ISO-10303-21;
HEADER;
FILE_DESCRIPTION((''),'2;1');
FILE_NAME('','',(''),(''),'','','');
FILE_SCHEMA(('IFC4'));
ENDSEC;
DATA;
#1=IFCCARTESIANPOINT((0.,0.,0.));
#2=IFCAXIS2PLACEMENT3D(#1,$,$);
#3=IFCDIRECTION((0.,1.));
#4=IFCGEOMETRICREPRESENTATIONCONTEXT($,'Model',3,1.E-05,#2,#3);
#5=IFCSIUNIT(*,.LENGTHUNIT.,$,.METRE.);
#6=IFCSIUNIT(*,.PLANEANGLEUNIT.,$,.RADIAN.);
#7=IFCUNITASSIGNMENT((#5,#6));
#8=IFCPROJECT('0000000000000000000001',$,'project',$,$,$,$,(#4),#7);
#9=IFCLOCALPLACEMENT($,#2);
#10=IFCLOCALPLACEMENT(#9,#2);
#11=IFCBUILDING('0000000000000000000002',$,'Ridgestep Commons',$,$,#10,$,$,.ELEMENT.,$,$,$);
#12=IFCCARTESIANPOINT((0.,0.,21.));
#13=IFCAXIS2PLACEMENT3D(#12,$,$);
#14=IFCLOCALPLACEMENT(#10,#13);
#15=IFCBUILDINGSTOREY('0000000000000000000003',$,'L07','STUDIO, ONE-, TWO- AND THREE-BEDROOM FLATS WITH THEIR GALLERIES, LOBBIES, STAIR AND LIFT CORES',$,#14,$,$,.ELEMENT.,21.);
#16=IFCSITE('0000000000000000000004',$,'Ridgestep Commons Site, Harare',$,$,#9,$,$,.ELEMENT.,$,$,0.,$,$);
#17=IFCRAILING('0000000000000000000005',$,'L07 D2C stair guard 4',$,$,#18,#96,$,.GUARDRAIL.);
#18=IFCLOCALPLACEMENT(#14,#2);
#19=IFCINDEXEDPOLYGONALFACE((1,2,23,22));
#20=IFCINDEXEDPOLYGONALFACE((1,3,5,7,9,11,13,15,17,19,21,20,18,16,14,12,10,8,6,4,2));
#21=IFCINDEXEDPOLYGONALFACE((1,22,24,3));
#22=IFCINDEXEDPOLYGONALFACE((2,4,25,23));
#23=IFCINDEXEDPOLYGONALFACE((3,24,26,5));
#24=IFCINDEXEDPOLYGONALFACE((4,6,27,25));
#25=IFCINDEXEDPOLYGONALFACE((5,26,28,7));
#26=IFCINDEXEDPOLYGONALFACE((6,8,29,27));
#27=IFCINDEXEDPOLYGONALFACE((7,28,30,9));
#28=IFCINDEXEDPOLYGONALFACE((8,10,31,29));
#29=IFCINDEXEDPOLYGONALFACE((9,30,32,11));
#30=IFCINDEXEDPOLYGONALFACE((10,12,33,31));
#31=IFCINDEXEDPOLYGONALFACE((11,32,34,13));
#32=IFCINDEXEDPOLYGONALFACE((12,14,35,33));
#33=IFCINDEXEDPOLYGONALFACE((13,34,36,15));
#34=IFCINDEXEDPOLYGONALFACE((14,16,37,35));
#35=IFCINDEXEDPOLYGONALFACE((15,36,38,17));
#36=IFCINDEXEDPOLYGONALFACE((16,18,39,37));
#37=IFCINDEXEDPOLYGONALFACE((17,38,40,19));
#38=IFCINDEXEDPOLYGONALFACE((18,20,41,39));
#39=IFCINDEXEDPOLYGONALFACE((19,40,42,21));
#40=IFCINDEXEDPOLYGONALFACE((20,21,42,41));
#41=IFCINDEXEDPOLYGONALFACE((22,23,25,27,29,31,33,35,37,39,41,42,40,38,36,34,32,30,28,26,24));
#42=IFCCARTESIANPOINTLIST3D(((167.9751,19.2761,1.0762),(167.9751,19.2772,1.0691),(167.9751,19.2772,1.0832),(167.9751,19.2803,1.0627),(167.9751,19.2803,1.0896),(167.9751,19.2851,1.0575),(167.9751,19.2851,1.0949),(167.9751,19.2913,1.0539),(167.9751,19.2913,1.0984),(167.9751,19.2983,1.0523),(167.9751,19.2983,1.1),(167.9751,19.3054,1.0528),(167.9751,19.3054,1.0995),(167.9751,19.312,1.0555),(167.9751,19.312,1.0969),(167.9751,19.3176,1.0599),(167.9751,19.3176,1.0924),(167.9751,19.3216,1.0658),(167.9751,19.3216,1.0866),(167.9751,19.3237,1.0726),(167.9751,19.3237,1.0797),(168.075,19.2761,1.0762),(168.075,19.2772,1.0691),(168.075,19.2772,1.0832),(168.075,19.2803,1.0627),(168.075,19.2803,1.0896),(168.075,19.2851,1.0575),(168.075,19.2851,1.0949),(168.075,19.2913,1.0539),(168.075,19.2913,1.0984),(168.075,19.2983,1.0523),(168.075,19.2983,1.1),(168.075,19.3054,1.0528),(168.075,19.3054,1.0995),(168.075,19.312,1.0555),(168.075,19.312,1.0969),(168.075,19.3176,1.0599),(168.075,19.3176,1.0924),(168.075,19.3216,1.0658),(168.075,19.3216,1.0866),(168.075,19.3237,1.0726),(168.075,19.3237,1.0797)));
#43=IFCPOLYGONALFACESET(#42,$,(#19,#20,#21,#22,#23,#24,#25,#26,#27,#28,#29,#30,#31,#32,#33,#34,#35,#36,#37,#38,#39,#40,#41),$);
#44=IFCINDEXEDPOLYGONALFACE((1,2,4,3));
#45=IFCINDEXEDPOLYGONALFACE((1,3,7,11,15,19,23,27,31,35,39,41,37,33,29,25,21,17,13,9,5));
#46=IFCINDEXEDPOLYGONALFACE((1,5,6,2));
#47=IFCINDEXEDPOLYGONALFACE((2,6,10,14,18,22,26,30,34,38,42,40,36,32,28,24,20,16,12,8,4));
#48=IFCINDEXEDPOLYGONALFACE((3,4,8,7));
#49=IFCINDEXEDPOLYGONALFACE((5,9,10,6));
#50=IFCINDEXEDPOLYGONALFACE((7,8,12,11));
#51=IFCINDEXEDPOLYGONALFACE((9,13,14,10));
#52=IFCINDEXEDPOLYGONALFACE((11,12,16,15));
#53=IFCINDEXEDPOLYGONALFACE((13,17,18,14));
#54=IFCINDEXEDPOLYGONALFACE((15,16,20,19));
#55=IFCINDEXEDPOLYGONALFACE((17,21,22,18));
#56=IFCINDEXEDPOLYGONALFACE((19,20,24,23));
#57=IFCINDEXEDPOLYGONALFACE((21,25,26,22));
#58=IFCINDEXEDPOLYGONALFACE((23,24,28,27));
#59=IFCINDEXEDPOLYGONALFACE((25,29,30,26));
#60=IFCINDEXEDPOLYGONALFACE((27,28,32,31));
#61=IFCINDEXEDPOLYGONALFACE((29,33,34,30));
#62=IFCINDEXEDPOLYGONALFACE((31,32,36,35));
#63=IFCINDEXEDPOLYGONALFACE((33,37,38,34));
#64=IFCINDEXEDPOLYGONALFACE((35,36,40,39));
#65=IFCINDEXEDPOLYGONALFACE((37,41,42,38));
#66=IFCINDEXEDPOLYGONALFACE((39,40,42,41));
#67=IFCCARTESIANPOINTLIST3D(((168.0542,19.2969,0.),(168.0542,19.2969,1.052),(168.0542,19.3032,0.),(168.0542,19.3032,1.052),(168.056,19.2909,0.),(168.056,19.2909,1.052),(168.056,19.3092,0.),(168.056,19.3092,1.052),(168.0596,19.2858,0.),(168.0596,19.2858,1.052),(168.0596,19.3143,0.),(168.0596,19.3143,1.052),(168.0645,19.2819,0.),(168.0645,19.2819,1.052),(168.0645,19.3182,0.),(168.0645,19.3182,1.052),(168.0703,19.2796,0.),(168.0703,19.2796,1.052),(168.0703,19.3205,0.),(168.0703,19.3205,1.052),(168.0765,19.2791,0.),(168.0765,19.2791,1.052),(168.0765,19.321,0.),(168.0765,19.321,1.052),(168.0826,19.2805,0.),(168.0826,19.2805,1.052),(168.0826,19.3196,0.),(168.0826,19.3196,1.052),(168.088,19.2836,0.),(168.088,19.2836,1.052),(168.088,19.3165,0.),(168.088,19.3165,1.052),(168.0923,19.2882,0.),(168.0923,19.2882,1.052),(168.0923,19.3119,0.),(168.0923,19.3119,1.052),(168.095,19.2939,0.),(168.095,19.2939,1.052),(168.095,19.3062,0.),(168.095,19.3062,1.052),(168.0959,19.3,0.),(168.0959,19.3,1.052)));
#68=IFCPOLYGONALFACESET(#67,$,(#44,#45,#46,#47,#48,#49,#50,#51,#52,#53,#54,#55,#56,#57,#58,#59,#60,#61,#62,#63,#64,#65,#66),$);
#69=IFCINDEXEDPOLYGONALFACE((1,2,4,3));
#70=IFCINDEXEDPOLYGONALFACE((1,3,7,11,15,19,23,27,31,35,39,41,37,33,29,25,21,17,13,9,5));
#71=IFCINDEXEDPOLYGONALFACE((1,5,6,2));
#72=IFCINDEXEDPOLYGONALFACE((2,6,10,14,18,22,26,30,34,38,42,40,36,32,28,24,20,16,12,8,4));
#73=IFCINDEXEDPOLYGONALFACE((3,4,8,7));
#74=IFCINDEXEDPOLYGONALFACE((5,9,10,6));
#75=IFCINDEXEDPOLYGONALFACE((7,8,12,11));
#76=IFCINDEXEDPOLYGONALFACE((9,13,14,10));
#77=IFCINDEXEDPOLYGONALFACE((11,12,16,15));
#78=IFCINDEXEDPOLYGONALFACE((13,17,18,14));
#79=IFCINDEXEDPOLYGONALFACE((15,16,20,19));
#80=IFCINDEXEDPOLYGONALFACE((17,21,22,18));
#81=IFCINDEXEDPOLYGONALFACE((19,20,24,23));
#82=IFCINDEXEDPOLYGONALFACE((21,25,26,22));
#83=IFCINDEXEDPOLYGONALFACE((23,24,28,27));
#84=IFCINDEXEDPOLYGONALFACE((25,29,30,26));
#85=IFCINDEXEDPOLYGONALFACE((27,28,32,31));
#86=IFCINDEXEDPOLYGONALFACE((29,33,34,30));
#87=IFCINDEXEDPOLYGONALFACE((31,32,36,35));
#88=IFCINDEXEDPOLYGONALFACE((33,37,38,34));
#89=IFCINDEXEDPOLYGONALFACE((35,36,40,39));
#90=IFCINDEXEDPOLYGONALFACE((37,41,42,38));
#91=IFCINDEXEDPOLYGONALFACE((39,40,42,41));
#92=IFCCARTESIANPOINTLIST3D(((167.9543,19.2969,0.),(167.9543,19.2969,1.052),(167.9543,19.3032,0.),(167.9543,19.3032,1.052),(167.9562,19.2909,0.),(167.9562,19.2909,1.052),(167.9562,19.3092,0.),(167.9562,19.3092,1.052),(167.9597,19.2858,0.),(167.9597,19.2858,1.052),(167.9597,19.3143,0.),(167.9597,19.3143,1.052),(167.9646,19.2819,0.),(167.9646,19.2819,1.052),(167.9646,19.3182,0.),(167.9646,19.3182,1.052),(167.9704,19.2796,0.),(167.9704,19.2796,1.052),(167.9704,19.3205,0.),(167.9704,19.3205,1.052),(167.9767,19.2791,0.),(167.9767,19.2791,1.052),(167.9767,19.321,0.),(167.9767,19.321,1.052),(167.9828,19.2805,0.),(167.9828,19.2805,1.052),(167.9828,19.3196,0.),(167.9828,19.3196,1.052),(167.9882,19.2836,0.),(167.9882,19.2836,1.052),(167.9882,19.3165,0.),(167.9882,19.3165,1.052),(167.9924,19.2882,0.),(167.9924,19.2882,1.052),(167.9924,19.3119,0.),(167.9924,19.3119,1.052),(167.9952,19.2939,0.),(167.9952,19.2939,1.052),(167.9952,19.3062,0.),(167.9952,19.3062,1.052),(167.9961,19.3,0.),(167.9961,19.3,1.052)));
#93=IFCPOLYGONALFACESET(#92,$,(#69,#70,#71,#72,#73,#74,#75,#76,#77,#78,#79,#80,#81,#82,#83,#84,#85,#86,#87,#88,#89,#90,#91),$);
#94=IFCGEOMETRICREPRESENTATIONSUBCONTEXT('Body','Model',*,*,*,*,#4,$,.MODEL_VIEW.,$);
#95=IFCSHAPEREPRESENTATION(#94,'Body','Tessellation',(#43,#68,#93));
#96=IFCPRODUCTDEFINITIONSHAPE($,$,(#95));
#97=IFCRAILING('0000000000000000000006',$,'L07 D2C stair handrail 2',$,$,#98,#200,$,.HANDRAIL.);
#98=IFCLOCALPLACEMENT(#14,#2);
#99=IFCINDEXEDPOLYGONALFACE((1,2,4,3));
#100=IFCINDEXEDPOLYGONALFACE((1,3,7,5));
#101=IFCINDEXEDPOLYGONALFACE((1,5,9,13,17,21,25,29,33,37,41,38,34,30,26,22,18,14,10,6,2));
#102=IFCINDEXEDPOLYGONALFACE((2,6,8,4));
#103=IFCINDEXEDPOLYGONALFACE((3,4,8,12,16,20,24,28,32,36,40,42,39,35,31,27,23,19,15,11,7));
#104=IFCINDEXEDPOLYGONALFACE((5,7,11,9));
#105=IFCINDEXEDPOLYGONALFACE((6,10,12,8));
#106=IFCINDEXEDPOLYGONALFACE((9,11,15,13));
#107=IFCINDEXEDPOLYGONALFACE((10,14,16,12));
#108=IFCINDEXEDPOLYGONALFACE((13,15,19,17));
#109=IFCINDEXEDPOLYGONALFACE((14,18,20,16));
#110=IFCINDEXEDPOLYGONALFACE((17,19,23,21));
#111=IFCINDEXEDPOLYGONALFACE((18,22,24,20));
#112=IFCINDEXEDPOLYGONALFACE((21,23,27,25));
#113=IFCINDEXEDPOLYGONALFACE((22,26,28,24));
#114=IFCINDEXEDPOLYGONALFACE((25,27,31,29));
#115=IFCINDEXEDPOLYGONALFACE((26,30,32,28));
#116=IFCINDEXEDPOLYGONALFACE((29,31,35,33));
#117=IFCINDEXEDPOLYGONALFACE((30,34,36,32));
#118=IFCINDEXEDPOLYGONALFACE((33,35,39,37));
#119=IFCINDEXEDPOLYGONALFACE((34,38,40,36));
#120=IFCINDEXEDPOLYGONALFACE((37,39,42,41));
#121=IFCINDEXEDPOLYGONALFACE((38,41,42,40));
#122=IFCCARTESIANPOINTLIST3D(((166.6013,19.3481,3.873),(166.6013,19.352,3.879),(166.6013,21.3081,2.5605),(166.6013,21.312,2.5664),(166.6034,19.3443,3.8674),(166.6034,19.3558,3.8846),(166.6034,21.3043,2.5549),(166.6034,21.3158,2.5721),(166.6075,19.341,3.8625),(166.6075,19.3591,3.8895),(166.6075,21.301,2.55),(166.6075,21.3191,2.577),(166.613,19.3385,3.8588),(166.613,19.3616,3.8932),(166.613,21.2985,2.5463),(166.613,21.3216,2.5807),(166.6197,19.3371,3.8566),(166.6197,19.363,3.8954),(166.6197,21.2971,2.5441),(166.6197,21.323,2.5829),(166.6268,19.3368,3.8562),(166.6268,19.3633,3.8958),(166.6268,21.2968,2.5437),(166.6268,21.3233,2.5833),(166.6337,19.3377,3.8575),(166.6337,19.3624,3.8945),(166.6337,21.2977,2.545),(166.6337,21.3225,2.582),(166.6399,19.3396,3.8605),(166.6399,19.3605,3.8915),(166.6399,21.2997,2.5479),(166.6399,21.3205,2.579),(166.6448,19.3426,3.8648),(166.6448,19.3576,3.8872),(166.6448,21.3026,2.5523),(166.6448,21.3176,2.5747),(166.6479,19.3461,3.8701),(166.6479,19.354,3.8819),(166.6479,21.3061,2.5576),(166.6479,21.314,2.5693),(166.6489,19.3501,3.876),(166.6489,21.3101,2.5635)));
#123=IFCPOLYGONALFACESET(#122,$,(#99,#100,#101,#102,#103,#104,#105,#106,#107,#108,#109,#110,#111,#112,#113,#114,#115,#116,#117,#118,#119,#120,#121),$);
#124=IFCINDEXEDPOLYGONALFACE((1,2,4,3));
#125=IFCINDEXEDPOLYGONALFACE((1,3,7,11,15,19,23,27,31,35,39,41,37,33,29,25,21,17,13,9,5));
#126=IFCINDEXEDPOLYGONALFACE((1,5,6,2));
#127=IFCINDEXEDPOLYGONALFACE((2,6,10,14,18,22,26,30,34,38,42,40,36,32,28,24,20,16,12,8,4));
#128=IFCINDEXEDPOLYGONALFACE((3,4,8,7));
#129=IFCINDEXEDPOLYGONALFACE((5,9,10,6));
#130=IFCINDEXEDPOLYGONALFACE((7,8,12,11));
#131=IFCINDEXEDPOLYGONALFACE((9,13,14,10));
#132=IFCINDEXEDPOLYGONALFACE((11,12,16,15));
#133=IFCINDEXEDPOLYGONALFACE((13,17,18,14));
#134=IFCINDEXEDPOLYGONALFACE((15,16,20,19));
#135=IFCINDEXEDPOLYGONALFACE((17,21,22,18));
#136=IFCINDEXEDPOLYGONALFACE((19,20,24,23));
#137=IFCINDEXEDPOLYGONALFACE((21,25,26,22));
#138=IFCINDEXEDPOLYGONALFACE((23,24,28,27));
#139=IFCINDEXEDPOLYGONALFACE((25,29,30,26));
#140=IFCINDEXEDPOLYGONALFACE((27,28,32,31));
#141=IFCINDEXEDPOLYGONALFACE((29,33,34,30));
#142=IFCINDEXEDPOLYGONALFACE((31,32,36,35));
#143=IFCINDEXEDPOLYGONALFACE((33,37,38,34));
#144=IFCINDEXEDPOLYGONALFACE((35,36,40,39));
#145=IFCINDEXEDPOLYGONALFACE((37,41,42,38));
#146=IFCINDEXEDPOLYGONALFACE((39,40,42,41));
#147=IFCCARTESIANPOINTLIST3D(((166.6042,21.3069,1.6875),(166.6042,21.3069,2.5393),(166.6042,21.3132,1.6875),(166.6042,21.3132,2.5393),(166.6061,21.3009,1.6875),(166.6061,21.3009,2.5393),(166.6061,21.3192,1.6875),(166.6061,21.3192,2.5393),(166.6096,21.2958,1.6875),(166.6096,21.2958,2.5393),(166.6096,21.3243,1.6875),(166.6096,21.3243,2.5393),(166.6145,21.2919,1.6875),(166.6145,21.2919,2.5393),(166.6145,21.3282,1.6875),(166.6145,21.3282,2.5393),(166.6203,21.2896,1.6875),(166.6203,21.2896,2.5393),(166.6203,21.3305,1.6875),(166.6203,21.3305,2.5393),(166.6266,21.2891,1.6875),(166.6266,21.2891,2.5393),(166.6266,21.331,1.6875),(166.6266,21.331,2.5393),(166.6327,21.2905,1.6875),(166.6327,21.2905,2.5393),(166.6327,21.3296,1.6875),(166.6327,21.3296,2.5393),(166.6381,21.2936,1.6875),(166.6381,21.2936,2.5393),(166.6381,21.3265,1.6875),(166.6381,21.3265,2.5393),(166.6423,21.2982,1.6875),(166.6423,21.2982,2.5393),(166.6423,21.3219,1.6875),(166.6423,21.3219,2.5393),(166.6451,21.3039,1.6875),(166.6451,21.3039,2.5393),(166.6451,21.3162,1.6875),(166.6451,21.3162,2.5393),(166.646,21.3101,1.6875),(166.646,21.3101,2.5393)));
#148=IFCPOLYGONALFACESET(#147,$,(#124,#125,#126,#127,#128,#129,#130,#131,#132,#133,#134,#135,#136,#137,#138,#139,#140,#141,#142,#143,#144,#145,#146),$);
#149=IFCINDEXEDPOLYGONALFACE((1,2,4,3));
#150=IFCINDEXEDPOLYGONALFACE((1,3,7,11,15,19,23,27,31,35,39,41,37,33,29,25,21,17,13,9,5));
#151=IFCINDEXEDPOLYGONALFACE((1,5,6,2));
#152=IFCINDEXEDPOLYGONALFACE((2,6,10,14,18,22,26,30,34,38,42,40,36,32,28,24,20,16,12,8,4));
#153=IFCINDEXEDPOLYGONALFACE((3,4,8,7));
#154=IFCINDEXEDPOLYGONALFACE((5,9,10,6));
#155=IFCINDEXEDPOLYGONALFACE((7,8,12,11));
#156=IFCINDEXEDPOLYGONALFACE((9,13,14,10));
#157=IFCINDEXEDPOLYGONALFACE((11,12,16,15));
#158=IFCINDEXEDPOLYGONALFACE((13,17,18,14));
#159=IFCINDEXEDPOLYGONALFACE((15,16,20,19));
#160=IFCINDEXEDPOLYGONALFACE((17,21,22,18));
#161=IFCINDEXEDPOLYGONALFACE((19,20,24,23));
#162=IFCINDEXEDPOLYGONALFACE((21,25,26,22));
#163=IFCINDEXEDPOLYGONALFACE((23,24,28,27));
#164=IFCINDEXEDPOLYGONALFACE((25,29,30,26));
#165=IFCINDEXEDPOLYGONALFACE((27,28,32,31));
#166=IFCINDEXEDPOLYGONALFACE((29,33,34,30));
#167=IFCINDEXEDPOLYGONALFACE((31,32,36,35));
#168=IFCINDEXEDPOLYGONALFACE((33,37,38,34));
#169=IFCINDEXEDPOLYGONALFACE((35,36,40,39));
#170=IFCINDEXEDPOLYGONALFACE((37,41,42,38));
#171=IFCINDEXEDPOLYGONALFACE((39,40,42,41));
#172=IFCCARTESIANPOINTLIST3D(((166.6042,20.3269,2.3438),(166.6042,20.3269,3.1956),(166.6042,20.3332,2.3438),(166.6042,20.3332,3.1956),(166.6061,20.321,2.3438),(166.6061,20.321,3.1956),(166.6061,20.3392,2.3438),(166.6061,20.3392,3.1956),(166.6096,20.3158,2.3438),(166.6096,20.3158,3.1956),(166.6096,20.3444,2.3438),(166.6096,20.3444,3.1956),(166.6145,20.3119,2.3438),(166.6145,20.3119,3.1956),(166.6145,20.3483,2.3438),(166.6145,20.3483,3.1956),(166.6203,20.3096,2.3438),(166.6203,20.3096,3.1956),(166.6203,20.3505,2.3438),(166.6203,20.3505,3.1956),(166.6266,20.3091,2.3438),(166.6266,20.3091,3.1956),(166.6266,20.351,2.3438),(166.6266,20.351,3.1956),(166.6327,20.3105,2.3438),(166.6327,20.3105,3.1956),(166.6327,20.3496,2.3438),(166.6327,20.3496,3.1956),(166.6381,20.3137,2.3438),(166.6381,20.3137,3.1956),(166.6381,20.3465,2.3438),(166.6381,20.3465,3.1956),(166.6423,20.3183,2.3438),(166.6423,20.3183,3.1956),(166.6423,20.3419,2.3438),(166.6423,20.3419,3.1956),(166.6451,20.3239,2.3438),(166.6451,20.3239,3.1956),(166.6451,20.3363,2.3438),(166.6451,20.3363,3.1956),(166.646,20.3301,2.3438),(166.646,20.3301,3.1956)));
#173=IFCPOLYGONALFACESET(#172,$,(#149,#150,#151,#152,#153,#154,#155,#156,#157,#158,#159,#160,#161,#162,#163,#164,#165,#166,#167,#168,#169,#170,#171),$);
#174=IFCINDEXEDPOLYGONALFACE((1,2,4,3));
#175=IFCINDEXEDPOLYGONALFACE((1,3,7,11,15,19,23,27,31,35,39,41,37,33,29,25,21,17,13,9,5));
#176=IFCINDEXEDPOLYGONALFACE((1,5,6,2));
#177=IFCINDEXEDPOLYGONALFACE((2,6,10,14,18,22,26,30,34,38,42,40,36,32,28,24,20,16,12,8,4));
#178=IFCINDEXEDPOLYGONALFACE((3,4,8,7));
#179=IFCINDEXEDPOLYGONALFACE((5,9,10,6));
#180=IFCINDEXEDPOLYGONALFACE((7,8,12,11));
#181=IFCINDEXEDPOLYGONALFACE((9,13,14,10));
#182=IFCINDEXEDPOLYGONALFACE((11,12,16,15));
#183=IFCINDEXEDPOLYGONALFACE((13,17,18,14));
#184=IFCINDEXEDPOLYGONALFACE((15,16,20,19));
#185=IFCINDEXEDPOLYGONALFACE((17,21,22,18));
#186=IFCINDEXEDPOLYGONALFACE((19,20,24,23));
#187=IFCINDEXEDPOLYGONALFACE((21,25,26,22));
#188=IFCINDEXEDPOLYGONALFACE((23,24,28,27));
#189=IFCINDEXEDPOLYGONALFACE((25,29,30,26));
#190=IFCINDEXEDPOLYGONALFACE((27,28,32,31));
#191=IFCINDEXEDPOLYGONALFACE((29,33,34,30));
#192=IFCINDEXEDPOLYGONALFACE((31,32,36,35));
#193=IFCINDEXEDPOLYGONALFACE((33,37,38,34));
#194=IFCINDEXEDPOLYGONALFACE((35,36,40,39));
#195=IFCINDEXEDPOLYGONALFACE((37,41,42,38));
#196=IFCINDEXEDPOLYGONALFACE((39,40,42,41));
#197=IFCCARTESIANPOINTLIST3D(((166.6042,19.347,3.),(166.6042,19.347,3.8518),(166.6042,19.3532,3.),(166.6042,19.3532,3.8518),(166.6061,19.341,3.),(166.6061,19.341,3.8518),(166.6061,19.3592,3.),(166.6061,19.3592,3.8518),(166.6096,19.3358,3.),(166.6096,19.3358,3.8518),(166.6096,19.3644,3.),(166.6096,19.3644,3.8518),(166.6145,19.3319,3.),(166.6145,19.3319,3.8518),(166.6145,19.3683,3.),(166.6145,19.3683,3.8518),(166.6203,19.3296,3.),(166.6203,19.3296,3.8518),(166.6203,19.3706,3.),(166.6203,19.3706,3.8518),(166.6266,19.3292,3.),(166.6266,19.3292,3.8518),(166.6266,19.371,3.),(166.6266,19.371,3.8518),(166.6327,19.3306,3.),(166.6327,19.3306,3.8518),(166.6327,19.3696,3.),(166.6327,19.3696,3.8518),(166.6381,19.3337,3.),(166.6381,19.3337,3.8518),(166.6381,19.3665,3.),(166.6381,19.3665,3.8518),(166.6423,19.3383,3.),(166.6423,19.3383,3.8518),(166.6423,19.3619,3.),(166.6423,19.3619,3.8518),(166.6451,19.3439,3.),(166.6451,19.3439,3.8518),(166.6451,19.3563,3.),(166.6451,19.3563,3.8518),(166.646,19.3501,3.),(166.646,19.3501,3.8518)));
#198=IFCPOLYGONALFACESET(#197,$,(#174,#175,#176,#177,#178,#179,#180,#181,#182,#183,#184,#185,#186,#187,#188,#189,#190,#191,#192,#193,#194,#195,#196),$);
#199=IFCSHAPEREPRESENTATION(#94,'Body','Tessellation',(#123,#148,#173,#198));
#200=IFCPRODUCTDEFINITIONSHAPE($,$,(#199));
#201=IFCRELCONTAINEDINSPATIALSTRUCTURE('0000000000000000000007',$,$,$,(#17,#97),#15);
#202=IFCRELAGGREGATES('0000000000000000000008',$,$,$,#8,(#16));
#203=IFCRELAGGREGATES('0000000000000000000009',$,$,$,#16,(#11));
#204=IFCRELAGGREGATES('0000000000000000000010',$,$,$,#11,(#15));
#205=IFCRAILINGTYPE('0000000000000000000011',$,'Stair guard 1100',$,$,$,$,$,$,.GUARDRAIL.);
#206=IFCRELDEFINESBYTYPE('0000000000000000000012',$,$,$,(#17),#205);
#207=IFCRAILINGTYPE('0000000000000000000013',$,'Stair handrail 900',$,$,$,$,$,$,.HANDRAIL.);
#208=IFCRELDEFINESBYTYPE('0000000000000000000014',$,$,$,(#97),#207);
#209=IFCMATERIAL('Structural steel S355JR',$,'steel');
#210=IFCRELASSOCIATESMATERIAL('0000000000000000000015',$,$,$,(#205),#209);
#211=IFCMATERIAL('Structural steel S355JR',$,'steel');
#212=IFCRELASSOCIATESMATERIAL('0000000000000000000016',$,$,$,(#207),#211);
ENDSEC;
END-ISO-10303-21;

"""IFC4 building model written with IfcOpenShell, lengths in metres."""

from ifc_helpers import new_model, si_unit, direction, frame, origin, origin_2d, place, context, subcontext, project, spatial, circle, extrude, material, type_object, element, save


model = new_model("IFC4")

# Units and contexts
model_context = context("Model", 3, precision=1e-05, world=origin(), true_north=direction((0.0, 1.0)))
body_context = subcontext(model_context, "Body", "Model", "MODEL_VIEW")
ifc_project = project(units=[si_unit("LENGTHUNIT", "METRE"), si_unit("PLANEANGLEUNIT", "RADIAN")], contexts=[model_context])

# Site, building, storey
site_placement = place(None, origin())
site = spatial("IfcSite", under=ifc_project, at=site_placement, Name="Ridgestep Commons Site, Harare", CompositionType="ELEMENT", RefElevation=0.0)
building_placement = place(site_placement, origin())
building = spatial("IfcBuilding", under=site, at=building_placement, Name="Ridgestep Commons", CompositionType="ELEMENT")
storey_placement = place(building_placement, frame((0.0, 0.0, 21.0)))
storey = spatial("IfcBuildingStorey", under=building, at=storey_placement, Name="L07", Description="STUDIO, ONE-, TWO- AND THREE-BEDROOM FLATS WITH THEIR GALLERIES, LOBBIES, STAIR AND LIFT CORES", CompositionType="ELEMENT", Elevation=21.0)

# Railings
ifc_material_1 = material(Name="Structural steel S355JR", Category="steel")
railing_type_1 = type_object("IfcRailingType", Name="Stair guard 1100", PredefinedType="GUARDRAIL", material=ifc_material_1)
railing_1_placement = place(storey_placement, frame((168.075, 19.3, 0.0)))
element("IfcRailing", 1, at=railing_1_placement, inside=storey, type_object=railing_type_1, Name="L07 D2C stair guard 4", PredefinedType="GUARDRAIL", context=body_context, shape_type="SweptSolid", body=[
    extrude(circle(Radius=0.0239, at=origin_2d()), frame((0.0, 0.0, 1.0762), z_axis=(-1.0, 0.0, 0.0), x_axis=(0.0, -1.0, 0.0)), (0.0, 0.0, 1.0), 0.0999),
    extrude(circle(Radius=0.021, at=origin_2d()), origin(), (0.0, 0.0, 1.0), 1.052),
    extrude(circle(Radius=0.021, at=origin_2d()), frame((-0.0999, 0.0, 0.0)), (0.0, 0.0, 1.0), 1.052),
])
ifc_material_2 = material(Name="Structural steel S355JR", Category="steel")
railing_type_2 = type_object("IfcRailingType", Name="Stair handrail 900", PredefinedType="HANDRAIL", material=ifc_material_2)
railing_2_placement = place(storey_placement, frame((166.625, 21.3101, 1.6875)))
element("IfcRailing", 2, at=railing_2_placement, inside=storey, type_object=railing_type_2, Name="L07 D2C stair handrail 2", PredefinedType="HANDRAIL", context=body_context, shape_type="SweptSolid", body=[
    extrude(circle(Radius=0.0239, at=origin_2d()), frame((0.0, 0.0, 0.876), z_axis=(0.0, -0.830902, 0.556419), x_axis=(1.0, 0.0, 0.0)), (0.0, 0.0, 1.0), 2.3589),
    extrude(circle(Radius=0.021, at=origin_2d()), origin(), (0.0, 0.0, 1.0), 0.8518),
    extrude(circle(Radius=0.021, at=origin_2d()), frame((0.0, -0.98, 0.6562)), (0.0, 0.0, 1.0), 0.8518),
    extrude(circle(Radius=0.021, at=origin_2d()), frame((0.0, -1.96, 1.3125)), (0.0, 0.0, 1.0), 0.8518),
])

save(model, "model.ifc")
